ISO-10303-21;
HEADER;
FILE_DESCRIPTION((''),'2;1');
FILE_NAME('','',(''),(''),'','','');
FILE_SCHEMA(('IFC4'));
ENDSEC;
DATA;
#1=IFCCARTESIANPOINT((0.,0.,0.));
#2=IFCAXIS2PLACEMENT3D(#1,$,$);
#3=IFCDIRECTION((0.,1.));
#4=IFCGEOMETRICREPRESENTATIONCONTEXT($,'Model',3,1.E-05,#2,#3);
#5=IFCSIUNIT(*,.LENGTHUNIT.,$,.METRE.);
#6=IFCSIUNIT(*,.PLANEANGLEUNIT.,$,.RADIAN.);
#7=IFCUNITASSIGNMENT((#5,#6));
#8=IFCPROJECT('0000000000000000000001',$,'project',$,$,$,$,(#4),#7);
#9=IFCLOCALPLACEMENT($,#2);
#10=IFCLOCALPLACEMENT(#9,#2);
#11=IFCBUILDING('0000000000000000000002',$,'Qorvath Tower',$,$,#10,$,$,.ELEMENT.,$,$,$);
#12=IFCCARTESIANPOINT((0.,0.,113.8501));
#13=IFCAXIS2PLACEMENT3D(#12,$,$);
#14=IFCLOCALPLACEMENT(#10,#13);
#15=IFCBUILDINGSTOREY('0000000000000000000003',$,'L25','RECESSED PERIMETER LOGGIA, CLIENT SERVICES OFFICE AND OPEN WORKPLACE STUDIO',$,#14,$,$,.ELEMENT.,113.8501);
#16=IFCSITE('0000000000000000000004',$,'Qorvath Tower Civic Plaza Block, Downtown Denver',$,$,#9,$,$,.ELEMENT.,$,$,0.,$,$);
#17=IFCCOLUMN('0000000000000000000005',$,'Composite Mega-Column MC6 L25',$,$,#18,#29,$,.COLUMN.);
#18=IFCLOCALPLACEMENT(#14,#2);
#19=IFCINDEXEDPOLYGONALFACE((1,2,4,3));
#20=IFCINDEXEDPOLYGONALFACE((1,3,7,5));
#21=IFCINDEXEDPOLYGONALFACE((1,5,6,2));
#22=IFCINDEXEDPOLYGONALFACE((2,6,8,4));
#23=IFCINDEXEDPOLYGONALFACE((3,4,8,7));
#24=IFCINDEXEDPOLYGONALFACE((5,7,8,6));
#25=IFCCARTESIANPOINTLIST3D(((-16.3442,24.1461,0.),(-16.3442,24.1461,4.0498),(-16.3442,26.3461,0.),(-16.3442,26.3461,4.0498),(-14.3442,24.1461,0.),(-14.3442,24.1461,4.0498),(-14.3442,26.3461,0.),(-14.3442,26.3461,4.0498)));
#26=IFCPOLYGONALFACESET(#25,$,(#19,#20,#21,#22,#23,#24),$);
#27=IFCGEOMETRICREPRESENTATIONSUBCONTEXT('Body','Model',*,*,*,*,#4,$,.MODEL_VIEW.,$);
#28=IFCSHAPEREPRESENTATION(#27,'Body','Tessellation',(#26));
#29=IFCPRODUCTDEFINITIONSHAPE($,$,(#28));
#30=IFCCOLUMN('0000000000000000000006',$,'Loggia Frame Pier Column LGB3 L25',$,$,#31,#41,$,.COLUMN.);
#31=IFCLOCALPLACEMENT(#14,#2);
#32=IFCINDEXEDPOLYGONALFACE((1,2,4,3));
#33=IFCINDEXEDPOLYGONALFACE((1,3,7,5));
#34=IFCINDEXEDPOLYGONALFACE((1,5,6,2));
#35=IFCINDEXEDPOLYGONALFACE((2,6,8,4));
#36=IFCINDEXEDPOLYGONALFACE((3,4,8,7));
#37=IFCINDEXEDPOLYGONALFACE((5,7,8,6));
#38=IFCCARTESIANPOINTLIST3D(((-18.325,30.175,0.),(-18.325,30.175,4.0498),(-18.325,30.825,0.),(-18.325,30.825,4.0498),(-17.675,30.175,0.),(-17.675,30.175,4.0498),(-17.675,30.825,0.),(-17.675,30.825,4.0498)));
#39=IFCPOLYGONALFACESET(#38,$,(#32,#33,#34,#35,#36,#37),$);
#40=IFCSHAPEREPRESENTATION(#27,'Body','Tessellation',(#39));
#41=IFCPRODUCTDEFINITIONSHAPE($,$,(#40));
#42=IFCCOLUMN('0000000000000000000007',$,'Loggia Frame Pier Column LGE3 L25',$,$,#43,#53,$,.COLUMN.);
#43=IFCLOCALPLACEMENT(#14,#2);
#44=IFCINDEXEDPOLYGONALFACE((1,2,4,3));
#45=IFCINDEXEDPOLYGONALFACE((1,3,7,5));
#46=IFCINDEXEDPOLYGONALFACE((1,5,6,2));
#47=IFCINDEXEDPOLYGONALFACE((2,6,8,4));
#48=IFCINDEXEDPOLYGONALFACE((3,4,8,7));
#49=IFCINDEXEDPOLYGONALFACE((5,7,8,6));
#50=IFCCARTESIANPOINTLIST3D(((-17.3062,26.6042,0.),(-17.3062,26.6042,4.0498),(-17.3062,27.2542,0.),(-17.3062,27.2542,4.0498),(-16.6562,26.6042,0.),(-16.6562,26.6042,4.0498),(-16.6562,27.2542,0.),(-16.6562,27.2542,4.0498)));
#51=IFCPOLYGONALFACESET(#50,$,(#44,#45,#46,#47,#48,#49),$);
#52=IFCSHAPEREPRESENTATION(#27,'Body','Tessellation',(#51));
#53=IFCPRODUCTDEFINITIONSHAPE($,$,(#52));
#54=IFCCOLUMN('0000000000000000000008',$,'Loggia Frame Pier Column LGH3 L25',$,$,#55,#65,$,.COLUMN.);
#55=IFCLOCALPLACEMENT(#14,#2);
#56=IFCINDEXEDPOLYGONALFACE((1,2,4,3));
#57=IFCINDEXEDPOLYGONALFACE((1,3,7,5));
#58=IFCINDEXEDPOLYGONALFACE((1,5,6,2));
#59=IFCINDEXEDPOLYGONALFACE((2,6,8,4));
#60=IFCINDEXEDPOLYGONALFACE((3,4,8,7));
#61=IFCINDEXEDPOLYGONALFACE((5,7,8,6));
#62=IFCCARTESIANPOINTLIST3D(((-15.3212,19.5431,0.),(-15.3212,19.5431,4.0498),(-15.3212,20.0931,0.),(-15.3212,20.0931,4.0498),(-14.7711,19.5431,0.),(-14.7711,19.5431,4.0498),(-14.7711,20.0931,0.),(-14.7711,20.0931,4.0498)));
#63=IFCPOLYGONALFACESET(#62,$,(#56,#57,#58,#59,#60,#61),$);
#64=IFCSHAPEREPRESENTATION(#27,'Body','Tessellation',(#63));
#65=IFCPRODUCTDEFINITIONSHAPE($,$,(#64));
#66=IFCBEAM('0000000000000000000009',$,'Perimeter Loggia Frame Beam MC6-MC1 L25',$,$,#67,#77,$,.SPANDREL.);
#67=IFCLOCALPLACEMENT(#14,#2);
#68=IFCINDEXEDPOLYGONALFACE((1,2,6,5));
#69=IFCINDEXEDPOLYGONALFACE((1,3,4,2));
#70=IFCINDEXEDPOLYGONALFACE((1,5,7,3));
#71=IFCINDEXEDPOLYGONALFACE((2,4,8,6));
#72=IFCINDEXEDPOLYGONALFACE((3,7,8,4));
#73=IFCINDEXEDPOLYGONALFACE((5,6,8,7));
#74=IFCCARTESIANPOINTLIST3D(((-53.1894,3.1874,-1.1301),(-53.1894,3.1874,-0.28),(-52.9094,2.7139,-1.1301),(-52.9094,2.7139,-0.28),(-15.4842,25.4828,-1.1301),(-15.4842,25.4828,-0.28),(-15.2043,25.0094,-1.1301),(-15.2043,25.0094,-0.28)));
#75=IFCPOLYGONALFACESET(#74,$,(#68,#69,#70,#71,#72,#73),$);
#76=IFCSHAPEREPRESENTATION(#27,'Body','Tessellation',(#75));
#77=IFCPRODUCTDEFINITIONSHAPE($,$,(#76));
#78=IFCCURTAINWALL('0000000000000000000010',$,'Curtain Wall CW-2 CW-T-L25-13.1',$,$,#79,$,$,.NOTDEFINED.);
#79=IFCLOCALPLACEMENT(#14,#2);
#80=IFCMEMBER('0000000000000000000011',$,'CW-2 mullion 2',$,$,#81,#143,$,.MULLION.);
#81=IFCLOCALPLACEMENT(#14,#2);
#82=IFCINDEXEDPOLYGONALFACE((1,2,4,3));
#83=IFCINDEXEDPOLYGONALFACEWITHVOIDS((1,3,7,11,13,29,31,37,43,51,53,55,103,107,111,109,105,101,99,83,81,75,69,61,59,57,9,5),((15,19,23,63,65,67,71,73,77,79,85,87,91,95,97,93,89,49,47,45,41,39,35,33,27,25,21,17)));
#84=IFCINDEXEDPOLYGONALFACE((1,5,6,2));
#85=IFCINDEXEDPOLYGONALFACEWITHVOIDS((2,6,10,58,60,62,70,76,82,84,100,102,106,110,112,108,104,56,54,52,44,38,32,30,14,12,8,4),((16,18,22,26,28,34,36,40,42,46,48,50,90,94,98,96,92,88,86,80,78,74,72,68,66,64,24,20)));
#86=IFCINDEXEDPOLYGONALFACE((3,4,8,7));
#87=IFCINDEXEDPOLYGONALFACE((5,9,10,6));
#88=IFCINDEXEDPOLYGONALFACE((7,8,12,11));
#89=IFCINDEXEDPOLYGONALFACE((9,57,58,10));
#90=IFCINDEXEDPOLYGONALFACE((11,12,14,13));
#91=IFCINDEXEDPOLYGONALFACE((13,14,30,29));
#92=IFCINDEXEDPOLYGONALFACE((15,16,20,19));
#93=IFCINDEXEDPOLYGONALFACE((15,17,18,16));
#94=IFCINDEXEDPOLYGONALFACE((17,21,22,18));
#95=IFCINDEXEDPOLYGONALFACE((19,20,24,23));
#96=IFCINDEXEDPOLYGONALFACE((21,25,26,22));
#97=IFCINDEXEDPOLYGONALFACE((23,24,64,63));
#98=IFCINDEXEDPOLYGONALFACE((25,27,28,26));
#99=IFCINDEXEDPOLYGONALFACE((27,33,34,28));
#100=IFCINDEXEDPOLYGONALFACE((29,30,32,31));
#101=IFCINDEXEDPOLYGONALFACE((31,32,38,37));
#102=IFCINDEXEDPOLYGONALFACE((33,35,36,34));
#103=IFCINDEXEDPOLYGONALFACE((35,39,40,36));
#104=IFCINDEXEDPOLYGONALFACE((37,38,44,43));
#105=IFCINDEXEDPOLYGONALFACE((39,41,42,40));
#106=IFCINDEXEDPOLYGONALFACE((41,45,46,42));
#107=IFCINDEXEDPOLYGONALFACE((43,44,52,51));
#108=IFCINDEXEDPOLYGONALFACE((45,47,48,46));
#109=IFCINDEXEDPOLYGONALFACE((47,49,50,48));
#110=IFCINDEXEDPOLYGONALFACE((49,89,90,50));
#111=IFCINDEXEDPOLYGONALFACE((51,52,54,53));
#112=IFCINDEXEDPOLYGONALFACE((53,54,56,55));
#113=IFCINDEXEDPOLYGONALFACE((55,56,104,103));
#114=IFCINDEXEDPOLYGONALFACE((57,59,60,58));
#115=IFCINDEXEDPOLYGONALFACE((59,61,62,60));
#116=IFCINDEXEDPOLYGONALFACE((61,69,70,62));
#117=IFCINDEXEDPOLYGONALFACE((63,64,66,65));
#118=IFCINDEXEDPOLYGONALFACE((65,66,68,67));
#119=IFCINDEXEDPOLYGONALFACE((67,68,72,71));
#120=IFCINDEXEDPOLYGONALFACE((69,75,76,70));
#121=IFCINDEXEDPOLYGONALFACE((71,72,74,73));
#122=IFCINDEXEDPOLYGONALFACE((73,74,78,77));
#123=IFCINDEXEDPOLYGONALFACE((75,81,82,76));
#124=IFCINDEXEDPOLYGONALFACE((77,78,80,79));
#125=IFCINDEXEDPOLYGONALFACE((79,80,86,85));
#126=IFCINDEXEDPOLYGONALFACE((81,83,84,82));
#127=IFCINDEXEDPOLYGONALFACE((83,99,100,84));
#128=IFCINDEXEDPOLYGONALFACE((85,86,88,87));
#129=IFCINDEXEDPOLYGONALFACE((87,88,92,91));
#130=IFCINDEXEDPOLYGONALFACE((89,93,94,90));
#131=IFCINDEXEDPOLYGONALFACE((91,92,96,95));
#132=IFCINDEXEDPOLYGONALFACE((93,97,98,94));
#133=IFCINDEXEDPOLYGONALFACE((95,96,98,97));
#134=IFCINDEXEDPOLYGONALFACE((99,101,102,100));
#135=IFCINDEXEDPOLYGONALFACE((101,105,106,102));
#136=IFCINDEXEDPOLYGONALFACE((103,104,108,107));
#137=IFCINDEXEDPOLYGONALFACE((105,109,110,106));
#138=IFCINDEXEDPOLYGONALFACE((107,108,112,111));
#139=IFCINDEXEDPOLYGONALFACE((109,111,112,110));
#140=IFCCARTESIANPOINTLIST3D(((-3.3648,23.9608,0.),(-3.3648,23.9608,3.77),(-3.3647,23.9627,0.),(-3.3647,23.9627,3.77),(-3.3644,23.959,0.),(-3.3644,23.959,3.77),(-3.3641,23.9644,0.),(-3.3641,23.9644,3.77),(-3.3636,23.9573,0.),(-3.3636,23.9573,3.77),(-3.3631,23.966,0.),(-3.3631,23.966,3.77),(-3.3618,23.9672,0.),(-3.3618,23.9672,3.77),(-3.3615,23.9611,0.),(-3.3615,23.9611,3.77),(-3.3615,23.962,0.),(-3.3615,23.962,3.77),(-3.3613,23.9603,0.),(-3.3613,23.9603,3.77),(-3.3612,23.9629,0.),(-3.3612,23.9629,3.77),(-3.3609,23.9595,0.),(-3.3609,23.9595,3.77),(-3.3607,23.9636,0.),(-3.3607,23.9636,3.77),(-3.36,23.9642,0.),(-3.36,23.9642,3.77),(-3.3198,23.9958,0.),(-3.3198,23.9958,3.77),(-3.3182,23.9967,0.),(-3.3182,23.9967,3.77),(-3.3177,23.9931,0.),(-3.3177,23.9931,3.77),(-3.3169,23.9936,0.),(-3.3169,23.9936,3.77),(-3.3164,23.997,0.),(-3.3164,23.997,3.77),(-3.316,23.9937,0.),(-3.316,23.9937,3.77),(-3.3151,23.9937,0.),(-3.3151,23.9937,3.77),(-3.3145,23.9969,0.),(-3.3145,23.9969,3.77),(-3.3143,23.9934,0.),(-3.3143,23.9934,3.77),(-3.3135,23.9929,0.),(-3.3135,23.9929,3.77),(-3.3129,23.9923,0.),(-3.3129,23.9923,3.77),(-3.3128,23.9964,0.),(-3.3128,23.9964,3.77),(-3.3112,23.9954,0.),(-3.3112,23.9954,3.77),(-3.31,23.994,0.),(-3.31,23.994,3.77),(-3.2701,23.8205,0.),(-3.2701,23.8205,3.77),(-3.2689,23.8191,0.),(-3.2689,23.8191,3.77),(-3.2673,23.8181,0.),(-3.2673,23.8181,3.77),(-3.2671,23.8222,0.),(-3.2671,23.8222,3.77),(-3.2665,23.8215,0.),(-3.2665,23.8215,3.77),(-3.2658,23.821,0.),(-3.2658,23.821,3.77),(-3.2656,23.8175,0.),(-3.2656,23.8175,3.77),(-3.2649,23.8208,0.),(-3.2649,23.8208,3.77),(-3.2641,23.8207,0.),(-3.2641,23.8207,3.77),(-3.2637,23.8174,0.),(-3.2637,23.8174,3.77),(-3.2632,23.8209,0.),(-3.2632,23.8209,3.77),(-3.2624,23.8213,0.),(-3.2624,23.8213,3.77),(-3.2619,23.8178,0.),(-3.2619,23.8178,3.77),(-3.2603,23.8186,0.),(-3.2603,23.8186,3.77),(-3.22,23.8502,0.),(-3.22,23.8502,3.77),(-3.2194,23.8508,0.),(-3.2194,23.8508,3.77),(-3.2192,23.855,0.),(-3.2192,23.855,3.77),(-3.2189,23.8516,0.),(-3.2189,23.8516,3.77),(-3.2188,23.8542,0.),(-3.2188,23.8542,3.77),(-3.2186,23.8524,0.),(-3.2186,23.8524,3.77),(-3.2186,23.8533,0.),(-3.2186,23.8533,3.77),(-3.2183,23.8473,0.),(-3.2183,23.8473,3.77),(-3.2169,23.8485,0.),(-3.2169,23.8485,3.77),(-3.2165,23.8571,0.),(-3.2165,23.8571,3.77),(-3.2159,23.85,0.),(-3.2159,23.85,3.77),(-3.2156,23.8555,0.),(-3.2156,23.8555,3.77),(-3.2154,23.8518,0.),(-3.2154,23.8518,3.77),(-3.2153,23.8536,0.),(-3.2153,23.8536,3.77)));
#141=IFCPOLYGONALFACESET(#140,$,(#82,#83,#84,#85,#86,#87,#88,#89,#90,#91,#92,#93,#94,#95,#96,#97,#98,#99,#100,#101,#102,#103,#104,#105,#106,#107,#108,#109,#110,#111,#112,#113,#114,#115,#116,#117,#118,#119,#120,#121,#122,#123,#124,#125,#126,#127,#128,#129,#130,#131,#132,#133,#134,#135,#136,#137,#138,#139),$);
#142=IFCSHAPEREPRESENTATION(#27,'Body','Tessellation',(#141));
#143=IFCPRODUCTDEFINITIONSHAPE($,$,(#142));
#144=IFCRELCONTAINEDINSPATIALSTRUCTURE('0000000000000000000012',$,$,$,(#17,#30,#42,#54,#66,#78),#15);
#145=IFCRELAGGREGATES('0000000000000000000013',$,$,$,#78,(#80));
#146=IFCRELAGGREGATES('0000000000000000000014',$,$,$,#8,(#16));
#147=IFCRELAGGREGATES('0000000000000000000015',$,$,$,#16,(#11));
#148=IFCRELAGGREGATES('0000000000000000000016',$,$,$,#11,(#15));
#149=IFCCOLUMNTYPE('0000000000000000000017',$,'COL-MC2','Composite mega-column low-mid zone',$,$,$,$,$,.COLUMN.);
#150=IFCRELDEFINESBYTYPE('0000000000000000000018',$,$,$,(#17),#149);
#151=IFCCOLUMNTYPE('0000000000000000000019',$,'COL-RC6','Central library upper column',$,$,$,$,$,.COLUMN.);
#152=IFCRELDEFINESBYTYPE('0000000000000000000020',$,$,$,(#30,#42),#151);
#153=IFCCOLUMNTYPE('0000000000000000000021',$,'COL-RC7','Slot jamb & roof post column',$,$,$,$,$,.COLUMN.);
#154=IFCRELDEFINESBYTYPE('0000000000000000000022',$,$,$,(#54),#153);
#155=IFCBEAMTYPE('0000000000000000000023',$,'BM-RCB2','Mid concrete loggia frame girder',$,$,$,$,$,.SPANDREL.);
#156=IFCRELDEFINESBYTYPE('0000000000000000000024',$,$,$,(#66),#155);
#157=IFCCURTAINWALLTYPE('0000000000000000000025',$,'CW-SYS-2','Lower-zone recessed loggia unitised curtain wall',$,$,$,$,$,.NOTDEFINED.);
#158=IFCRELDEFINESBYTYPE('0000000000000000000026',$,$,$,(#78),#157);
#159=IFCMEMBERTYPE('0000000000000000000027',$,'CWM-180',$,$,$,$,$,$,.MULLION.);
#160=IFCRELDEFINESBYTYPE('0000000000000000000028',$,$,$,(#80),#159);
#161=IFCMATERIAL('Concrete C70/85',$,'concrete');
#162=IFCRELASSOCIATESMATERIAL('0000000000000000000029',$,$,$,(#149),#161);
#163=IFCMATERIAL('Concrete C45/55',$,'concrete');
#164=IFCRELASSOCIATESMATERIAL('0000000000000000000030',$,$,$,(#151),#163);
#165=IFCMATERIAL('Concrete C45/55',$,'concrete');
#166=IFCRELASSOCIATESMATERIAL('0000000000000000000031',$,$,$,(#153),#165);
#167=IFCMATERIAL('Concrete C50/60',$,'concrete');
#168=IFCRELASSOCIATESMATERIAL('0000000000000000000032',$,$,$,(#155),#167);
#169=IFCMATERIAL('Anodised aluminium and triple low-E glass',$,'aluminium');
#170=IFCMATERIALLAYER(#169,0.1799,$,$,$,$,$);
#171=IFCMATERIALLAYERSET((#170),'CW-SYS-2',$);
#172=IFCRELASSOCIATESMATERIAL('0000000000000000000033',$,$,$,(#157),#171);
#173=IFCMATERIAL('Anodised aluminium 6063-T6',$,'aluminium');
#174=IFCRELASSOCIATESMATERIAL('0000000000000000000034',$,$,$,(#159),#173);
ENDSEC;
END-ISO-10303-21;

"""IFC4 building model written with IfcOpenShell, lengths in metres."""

from ifc_helpers import new_model, si_unit, direction, frame, origin, origin_2d, place, context, subcontext, project, spatial, rectangle, hollow_rectangle, extrude, material, layer, layer_set, material_profile, profile_set, type_object, element, aggregate, save


model = new_model("IFC4")

# Units and contexts
model_context = context("Model", 3, precision=1e-05, world=origin(), true_north=direction((0.0, 1.0)))
body_context = subcontext(model_context, "Body", "Model", "MODEL_VIEW")
ifc_project = project(units=[si_unit("LENGTHUNIT", "METRE"), si_unit("PLANEANGLEUNIT", "RADIAN")], contexts=[model_context])

# Site, building, storey
site_placement = place(None, origin())
site = spatial("IfcSite", under=ifc_project, at=site_placement, Name="Qorvath Tower Civic Plaza Block, Downtown Denver", CompositionType="ELEMENT", RefElevation=0.0)
building_placement = place(site_placement, origin())
building = spatial("IfcBuilding", under=site, at=building_placement, Name="Qorvath Tower", CompositionType="ELEMENT")
storey_placement = place(building_placement, frame((0.0, 0.0, 113.8501)))
storey = spatial("IfcBuildingStorey", under=building, at=storey_placement, Name="L25", Description="RECESSED PERIMETER LOGGIA, CLIENT SERVICES OFFICE AND OPEN WORKPLACE STUDIO", CompositionType="ELEMENT", Elevation=113.8501)

# Columns
ifc_material_1 = material(Name="Concrete C70/85", Category="concrete")
ifc_material_profile_1 = material_profile(ifc_material_1, rectangle(XDim=2.0, YDim=2.2, at=origin_2d()), Name="MC 2200x2000")
ifc_profile_set_1 = profile_set([ifc_material_profile_1], Name="Concrete C70/85")
column_type_1 = type_object("IfcColumnType", Name="COL-MC2", Description="Composite mega-column low-mid zone", PredefinedType="COLUMN", material=ifc_profile_set_1)
column_1_placement = place(storey_placement, frame((-15.3442, 25.2461, 0.0), z_axis=(0.0, 0.0, 1.0), x_axis=(1.0, 0.0, 0.0)))
element("IfcColumn", 1, at=column_1_placement, inside=storey, type_object=column_type_1, Name="Composite Mega-Column MC6 L25", PredefinedType="COLUMN", context=body_context, shape_type="SweptSolid", body=[
    extrude(rectangle(XDim=2.0, YDim=2.2, at=origin_2d()), origin(), (0.0, 0.0, 1.0), 4.0498),
])
ifc_material_2 = material(Name="Concrete C45/55", Category="concrete")
ifc_material_profile_2 = material_profile(ifc_material_2, rectangle(XDim=0.6499, YDim=0.6499, at=origin_2d()), Name="RC 650x650")
ifc_profile_set_2 = profile_set([ifc_material_profile_2], Name="Concrete C45/55")
column_type_2 = type_object("IfcColumnType", Name="COL-RC6", Description="Central library upper column", PredefinedType="COLUMN", material=ifc_profile_set_2)
for number, where, z_axis, x_axis, name in (
    (2, (-18.0, 30.5, 0.0), (0.0, 0.0, 1.0), (1.0, 0.0, 0.0), "Loggia Frame Pier Column LGB3 L25"),
    (3, (-16.9812, 26.9292, 0.0), (0.0, 0.0, 1.0), (1.0, 0.0, 0.0), "Loggia Frame Pier Column LGE3 L25"),
):
    element("IfcColumn", number, at=place(storey_placement, frame(where, z_axis=z_axis, x_axis=x_axis)), inside=storey, type_object=column_type_2, Name=name, PredefinedType="COLUMN", context=body_context, shape_type="SweptSolid", body=[
        extrude(rectangle(XDim=0.6499, YDim=0.6499, at=origin_2d()), origin(), (0.0, 0.0, 1.0), 4.0498),
    ])
ifc_material_3 = material(Name="Concrete C45/55", Category="concrete")
ifc_material_profile_3 = material_profile(ifc_material_3, rectangle(XDim=0.55, YDim=0.55, at=origin_2d()), Name="RC 550x550")
ifc_profile_set_3 = profile_set([ifc_material_profile_3], Name="Concrete C45/55")
column_type_3 = type_object("IfcColumnType", Name="COL-RC7", Description="Slot jamb & roof post column", PredefinedType="COLUMN", material=ifc_profile_set_3)
column_2_placement = place(storey_placement, frame((-15.0461, 19.8181, 0.0), z_axis=(0.0, 0.0, 1.0), x_axis=(1.0, 0.0, 0.0)))
element("IfcColumn", 4, at=column_2_placement, inside=storey, type_object=column_type_3, Name="Loggia Frame Pier Column LGH3 L25", PredefinedType="COLUMN", context=body_context, shape_type="SweptSolid", body=[
    extrude(rectangle(XDim=0.55, YDim=0.55, at=origin_2d()), origin(), (0.0, 0.0, 1.0), 4.0498),
])

# Beam
ifc_material_4 = material(Name="Concrete C50/60", Category="concrete")
ifc_material_profile_4 = material_profile(ifc_material_4, rectangle(XDim=0.55, YDim=0.8501, at=origin_2d()), Name="RCB 850x550")
ifc_profile_set_4 = profile_set([ifc_material_profile_4], Name="Concrete C50/60")
beam_type = type_object("IfcBeamType", Name="BM-RCB2", Description="Mid concrete loggia frame girder", PredefinedType="SPANDREL", material=ifc_profile_set_4)
beam_placement = place(storey_placement, frame((-15.3442, 25.2461, -0.7051), z_axis=(-0.860775, -0.508985, 0.0), x_axis=(0.508985, -0.860775, 0.0)))
element("IfcBeam", 5, at=beam_placement, inside=storey, type_object=beam_type, Name="Perimeter Loggia Frame Beam MC6-MC1 L25", PredefinedType="SPANDREL", context=body_context, shape_type="SweptSolid", body=[
    extrude(rectangle(XDim=0.55, YDim=0.8501, at=origin_2d()), origin(), (0.0, 0.0, 1.0), 43.8037),
])

# Curtain wall, member
ifc_material_5 = material(Name="Anodised aluminium and triple low-E glass", Category="aluminium")
ifc_layer_1 = layer(ifc_material_5, 0.1799)
ifc_layer_set_1 = layer_set([ifc_layer_1], Name="CW-SYS-2")
curtain_wall_type = type_object("IfcCurtainWallType", Name="CW-SYS-2", Description="Lower-zone recessed loggia unitised curtain wall", PredefinedType="NOTDEFINED", material=ifc_layer_set_1)
curtain_wall_1_placement = place(storey_placement, origin())
curtain_wall_1 = element("IfcCurtainWall", 6, at=curtain_wall_1_placement, inside=storey, type_object=curtain_wall_type, Name="Curtain Wall CW-2 CW-T-L25-13.1", PredefinedType="NOTDEFINED")
ifc_material_6 = material(Name="Anodised aluminium 6063-T6", Category="aluminium")
ifc_material_profile_5 = material_profile(ifc_material_6, hollow_rectangle(XDim=0.0649, YDim=0.1799, WallThickness=0.0034, InnerFilletRadius=0.0034, OuterFilletRadius=0.0071, at=origin_2d()), Name="CWM 180x65")
ifc_profile_set_5 = profile_set([ifc_material_profile_5], Name="Anodised aluminium 6063-T6")
member_type_1 = type_object("IfcMemberType", Name="CWM-180", PredefinedType="MULLION", material=ifc_profile_set_5)
member_1_placement = place(storey_placement, frame((-3.29, 23.9072, 0.0), z_axis=(0.0, 0.0, 1.0), x_axis=(-0.825695, -0.564117, 0.0)))
member_1 = element("IfcMember", 7, at=member_1_placement, type_object=member_type_1, Name="CW-2 mullion 2", PredefinedType="MULLION", context=body_context, shape_type="SweptSolid", body=[
    extrude(hollow_rectangle(XDim=0.0649, YDim=0.1799, WallThickness=0.0034, InnerFilletRadius=0.0034, OuterFilletRadius=0.0071, at=origin_2d()), origin(), (0.0, 0.0, 1.0), 3.77),
])

aggregate(curtain_wall_1, [member_1])

save(model, "model.ifc")
